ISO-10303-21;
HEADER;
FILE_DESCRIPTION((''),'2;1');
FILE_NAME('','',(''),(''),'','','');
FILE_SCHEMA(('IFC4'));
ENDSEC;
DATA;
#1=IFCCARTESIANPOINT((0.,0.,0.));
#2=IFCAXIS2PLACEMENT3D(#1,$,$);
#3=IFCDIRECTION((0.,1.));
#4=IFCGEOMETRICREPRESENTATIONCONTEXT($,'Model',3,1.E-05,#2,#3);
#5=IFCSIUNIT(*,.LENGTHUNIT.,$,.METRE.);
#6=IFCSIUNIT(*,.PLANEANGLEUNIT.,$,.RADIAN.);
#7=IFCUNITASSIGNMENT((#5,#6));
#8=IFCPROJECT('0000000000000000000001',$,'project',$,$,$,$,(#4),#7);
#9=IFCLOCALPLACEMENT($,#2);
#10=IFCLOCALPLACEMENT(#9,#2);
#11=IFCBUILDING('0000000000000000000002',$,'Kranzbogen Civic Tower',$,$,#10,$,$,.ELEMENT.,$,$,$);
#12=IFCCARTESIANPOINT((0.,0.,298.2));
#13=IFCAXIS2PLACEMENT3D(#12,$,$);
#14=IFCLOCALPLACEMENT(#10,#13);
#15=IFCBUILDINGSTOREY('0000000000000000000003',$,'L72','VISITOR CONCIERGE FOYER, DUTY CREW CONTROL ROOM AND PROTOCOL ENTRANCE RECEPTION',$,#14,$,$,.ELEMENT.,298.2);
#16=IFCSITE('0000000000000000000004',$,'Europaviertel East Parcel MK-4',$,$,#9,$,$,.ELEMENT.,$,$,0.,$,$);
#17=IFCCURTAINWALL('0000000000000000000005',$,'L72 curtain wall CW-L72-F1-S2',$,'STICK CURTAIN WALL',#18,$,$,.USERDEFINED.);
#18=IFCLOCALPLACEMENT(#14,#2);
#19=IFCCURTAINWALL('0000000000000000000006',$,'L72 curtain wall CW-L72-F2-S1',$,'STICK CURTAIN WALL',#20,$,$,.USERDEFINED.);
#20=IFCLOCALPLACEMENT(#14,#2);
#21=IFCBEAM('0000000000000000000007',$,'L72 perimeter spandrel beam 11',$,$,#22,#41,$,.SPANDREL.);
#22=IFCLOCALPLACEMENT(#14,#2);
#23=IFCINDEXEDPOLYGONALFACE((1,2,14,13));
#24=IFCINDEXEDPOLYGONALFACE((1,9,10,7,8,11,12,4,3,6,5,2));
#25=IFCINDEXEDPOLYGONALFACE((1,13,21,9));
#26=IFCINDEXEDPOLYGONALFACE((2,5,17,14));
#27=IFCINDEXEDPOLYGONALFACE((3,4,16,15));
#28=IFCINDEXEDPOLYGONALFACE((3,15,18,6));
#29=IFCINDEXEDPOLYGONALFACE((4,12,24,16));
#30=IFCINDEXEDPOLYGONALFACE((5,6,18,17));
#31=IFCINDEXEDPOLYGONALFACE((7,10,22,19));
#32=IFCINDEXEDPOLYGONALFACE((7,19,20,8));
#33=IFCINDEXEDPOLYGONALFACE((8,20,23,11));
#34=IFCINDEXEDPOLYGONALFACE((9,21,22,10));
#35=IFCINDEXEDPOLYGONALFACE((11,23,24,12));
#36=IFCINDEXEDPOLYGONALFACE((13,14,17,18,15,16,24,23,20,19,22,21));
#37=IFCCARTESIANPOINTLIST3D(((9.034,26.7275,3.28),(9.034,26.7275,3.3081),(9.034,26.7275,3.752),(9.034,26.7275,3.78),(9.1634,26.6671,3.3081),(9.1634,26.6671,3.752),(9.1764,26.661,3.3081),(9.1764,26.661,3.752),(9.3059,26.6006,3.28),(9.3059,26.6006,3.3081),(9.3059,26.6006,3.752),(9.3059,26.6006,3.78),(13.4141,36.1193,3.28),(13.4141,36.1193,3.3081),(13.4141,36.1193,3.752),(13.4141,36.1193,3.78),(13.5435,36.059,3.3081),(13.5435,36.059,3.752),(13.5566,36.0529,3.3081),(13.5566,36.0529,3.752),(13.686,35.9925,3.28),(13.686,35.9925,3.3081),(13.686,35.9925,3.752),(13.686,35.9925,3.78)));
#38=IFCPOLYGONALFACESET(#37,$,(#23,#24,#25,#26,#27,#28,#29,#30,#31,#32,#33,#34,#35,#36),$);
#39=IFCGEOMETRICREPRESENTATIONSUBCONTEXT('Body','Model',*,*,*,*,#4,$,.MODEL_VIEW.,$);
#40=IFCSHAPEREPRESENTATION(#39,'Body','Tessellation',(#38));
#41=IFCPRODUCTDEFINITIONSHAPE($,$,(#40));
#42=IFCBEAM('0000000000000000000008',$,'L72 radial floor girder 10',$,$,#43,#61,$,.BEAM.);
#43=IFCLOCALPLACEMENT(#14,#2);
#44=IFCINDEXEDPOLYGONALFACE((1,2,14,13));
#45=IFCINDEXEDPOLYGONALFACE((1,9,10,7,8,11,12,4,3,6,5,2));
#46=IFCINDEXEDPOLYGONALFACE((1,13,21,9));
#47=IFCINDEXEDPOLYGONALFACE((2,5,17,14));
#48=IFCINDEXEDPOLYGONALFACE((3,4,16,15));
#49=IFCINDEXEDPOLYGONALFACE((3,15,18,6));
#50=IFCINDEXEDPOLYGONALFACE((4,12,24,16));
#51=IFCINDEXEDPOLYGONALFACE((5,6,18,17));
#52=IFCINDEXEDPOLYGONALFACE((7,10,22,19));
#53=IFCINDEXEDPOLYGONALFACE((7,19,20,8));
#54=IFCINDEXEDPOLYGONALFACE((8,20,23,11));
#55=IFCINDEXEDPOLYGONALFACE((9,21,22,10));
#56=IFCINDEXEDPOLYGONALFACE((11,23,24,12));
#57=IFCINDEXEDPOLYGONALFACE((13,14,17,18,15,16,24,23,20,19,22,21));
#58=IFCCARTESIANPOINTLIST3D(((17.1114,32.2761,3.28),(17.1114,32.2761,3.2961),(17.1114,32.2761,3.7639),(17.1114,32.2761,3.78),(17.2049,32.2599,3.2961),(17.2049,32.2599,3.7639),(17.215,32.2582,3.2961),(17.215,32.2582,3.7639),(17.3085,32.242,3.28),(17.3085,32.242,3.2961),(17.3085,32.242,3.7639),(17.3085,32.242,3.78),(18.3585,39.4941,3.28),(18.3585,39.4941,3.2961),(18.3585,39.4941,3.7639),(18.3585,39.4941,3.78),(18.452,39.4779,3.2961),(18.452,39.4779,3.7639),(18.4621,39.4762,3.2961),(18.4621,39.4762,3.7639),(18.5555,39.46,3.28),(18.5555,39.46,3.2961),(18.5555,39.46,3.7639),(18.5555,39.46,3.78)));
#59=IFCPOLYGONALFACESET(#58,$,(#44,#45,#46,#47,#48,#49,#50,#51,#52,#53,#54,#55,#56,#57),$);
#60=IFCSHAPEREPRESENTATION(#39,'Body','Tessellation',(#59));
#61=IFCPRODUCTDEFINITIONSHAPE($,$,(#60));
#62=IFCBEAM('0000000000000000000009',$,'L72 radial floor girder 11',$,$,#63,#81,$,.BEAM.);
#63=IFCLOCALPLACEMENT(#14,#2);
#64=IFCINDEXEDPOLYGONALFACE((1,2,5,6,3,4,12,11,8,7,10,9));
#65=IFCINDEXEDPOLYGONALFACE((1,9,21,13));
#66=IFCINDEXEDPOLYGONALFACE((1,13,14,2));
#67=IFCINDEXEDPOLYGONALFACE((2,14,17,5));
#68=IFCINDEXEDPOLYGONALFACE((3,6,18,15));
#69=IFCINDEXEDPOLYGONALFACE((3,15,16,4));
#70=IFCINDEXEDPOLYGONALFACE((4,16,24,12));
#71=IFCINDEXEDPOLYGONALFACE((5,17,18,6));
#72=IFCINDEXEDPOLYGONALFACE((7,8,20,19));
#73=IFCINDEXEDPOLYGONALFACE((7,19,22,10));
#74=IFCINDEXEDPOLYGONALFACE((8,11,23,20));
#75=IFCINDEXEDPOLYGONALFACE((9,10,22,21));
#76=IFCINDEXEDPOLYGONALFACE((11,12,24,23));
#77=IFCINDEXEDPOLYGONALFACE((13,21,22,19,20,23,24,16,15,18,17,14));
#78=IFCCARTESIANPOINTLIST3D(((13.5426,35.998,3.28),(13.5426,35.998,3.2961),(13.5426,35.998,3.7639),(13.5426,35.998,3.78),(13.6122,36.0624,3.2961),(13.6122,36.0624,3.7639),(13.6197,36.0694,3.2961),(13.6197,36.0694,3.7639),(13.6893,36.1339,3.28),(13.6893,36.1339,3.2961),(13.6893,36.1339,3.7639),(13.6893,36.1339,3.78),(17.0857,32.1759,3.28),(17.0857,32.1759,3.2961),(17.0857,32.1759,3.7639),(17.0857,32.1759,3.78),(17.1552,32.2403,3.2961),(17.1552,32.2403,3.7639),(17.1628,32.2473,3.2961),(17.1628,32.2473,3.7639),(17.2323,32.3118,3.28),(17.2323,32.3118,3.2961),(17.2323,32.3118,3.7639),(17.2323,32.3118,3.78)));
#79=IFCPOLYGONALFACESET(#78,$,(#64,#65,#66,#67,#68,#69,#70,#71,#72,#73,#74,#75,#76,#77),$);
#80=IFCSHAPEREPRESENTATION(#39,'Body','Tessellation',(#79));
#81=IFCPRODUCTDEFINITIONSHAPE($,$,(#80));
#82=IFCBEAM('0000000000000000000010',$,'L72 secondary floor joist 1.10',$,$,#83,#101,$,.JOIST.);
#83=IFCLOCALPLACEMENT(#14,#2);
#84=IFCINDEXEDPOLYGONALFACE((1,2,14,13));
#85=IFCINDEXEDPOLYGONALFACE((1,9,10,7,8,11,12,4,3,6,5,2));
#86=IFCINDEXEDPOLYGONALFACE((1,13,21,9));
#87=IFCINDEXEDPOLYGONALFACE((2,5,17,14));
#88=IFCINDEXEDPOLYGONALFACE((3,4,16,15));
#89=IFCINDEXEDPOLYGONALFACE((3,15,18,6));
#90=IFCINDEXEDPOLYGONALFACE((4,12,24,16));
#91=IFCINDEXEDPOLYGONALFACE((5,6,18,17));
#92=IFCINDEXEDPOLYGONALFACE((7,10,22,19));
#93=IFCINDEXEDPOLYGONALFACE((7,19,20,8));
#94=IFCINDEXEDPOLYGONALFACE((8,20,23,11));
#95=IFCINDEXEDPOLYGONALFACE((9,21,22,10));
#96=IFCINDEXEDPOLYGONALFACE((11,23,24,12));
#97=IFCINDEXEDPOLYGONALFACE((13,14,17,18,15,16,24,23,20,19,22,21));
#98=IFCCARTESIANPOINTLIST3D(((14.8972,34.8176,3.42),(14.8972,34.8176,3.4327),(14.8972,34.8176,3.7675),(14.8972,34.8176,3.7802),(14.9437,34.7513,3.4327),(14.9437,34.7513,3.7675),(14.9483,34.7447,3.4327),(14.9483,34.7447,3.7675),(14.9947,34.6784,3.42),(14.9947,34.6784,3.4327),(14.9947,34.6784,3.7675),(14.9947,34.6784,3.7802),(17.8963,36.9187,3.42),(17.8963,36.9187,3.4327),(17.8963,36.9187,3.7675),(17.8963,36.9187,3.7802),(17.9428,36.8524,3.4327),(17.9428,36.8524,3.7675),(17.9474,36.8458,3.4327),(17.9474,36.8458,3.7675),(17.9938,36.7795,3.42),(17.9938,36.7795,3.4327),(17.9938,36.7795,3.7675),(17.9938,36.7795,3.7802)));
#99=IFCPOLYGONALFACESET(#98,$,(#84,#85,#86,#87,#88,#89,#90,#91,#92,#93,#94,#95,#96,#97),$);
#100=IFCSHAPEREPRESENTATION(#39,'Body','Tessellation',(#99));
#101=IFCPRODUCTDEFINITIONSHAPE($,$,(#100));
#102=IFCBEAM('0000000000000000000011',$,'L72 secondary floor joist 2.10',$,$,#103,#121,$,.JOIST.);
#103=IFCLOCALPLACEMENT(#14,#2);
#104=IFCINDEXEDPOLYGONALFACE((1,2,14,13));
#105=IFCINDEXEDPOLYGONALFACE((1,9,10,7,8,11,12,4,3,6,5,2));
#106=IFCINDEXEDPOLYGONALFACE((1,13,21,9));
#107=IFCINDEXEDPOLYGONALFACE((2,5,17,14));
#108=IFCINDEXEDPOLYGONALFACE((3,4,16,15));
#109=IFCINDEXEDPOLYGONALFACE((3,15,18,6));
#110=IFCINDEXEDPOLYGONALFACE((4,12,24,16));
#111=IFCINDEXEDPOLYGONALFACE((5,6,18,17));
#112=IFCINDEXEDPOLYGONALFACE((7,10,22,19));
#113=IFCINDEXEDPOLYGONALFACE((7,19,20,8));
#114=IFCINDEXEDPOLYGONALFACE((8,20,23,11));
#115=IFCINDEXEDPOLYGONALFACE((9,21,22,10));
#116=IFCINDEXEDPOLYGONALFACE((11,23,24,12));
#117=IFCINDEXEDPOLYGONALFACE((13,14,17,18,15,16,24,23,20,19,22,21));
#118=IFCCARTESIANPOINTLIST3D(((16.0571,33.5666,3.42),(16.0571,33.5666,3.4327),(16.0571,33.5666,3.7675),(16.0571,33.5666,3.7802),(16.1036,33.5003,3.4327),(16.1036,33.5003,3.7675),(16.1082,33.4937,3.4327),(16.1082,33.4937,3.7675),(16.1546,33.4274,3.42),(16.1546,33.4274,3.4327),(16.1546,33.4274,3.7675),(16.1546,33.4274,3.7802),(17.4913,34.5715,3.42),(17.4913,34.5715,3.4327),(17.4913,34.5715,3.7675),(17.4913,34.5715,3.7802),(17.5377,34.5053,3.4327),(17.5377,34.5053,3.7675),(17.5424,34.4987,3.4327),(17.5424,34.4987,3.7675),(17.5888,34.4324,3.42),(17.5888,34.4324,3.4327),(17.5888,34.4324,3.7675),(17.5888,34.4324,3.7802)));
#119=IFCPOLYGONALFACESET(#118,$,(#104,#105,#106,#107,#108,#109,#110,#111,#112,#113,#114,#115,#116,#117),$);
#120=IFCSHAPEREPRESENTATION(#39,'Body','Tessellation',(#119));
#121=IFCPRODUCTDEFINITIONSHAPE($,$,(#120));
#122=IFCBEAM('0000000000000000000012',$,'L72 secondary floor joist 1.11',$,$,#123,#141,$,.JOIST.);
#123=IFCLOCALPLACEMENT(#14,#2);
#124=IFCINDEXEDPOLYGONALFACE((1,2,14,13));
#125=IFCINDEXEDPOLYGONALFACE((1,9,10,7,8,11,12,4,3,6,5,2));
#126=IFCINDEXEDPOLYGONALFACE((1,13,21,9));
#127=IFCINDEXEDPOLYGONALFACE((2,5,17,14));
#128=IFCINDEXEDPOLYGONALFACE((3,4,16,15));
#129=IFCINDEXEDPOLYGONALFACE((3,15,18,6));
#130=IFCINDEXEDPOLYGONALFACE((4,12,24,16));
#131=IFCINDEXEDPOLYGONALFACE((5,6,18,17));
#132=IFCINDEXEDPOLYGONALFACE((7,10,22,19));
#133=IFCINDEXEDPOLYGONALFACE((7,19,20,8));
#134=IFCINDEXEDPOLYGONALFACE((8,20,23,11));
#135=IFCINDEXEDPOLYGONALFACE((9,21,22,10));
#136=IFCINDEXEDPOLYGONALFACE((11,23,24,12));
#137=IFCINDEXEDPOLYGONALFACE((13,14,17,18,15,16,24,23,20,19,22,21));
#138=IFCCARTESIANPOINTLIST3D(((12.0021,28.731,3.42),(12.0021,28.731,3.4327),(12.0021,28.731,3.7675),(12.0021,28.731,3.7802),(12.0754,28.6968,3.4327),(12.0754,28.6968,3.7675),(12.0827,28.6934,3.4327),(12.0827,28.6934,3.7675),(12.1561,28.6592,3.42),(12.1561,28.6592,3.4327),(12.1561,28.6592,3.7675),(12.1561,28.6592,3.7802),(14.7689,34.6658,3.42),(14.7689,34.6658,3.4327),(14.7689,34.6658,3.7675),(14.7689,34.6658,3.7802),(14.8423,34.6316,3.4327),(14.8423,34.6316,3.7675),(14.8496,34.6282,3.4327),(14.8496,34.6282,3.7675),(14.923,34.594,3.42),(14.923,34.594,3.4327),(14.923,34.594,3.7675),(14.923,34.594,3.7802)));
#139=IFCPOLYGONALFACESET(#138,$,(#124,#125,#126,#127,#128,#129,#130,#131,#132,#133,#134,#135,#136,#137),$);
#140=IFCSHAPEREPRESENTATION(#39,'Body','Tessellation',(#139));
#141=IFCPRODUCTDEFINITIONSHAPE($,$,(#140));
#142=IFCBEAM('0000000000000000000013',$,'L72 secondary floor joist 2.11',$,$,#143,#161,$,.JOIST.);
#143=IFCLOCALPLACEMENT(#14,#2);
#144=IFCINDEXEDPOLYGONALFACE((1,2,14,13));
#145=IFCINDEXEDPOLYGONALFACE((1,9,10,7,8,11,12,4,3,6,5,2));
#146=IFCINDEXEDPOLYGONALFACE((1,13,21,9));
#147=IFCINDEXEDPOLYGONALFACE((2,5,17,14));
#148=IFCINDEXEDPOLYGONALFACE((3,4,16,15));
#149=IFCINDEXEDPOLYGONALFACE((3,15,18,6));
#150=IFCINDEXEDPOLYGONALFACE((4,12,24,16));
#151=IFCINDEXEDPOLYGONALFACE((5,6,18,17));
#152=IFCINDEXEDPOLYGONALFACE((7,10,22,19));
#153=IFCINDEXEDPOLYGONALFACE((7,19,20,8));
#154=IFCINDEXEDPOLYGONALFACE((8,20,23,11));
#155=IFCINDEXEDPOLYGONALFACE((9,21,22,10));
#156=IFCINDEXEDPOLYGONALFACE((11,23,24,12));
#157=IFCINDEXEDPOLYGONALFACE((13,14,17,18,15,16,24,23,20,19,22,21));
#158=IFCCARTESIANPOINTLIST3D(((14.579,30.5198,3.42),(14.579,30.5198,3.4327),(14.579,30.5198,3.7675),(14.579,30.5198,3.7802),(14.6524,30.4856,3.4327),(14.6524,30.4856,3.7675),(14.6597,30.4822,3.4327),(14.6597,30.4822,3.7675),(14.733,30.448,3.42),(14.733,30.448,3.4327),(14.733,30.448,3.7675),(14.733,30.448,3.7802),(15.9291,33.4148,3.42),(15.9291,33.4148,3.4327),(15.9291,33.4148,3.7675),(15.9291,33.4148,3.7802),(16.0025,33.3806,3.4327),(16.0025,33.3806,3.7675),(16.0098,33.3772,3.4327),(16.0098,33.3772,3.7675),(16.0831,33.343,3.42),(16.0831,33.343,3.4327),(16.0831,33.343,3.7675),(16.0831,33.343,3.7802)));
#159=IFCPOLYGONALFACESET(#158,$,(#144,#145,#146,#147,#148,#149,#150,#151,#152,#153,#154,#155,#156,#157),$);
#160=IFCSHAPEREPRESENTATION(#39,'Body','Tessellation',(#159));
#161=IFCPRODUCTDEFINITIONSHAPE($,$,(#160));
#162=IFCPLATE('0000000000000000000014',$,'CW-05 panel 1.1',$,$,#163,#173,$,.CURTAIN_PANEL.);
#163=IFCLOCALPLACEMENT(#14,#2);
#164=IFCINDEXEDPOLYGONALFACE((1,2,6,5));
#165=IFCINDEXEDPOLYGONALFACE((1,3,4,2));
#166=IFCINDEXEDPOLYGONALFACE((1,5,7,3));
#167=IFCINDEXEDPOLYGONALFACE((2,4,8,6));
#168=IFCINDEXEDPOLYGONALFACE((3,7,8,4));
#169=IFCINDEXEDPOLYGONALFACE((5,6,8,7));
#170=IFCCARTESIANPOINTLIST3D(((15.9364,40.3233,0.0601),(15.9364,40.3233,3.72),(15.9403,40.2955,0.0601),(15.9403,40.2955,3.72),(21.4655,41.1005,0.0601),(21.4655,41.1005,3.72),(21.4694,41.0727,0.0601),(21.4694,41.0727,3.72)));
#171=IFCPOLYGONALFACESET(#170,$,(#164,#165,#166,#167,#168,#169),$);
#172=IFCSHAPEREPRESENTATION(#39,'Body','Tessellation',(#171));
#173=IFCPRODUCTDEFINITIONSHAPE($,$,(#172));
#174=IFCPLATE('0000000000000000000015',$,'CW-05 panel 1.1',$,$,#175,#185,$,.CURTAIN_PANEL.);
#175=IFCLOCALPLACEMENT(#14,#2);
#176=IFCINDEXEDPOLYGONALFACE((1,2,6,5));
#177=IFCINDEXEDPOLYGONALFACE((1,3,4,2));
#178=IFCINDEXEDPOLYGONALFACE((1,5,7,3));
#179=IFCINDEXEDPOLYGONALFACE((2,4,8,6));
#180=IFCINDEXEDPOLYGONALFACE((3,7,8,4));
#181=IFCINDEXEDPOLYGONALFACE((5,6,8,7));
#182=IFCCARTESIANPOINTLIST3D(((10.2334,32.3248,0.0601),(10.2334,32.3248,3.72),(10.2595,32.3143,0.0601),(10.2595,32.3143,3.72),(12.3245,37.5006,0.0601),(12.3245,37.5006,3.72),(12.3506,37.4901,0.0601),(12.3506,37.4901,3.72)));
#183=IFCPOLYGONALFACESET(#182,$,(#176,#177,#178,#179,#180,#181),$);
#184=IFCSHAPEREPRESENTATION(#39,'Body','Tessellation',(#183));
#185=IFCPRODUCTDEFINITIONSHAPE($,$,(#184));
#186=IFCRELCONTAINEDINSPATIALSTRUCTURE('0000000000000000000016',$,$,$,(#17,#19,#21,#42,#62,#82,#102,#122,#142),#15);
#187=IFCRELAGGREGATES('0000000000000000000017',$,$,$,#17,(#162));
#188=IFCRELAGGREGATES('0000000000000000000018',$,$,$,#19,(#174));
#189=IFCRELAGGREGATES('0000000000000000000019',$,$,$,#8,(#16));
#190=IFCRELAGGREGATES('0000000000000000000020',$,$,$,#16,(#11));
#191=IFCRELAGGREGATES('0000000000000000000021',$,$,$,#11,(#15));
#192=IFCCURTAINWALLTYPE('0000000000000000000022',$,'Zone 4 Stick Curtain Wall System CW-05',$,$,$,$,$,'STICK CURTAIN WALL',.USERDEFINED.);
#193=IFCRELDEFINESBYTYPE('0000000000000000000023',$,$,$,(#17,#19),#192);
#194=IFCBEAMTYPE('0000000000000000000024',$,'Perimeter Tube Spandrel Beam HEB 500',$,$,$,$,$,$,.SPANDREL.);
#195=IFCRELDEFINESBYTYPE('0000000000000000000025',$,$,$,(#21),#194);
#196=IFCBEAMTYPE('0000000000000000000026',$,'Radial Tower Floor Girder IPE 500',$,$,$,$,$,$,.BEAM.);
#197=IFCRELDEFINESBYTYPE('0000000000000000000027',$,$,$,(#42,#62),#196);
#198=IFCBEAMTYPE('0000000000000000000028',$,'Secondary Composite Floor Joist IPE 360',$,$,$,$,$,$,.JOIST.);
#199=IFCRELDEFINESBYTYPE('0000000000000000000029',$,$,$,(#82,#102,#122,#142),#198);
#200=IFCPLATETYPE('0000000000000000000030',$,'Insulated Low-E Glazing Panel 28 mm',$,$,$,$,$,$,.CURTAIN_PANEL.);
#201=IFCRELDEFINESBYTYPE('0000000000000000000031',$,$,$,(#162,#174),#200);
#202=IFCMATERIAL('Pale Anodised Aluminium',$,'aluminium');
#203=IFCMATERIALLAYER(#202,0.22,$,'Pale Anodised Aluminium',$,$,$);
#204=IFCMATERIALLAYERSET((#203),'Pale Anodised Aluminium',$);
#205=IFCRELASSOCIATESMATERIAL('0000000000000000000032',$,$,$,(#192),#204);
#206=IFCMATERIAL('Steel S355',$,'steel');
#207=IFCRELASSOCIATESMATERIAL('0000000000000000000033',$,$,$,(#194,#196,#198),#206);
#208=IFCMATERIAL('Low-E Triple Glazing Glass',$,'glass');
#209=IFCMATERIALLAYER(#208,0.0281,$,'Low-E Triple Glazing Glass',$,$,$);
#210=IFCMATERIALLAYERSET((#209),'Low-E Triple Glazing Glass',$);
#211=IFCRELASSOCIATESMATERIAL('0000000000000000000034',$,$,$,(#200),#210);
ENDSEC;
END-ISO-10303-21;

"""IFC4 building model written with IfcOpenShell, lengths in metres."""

from ifc_helpers import new_model, si_unit, direction, frame, origin, origin_2d, place, context, subcontext, project, spatial, rectangle, i_section, extrude, material, layer, layer_set, material_profile, profile_set, type_object, element, aggregate, save


model = new_model("IFC4")

# Units and contexts
model_context = context("Model", 3, precision=1e-05, world=origin(), true_north=direction((0.0, 1.0)))
body_context = subcontext(model_context, "Body", "Model", "MODEL_VIEW")
ifc_project = project(units=[si_unit("LENGTHUNIT", "METRE"), si_unit("PLANEANGLEUNIT", "RADIAN")], contexts=[model_context])

# Site, building, storey
site_placement = place(None, origin())
site = spatial("IfcSite", under=ifc_project, at=site_placement, Name="Europaviertel East Parcel MK-4", CompositionType="ELEMENT", RefElevation=0.0)
building_placement = place(site_placement, origin())
building = spatial("IfcBuilding", under=site, at=building_placement, Name="Kranzbogen Civic Tower", CompositionType="ELEMENT")
storey_placement = place(building_placement, frame((0.0, 0.0, 298.2)))
storey = spatial("IfcBuildingStorey", under=building, at=storey_placement, Name="L72", Description="VISITOR CONCIERGE FOYER, DUTY CREW CONTROL ROOM AND PROTOCOL ENTRANCE RECEPTION", CompositionType="ELEMENT", Elevation=298.2)

# Shared definitions
ifc_material_1 = material(Name="Steel S355", Category="steel")

# Shared definitions
ifc_material_2 = material(Name="Pale Anodised Aluminium", Category="aluminium")
ifc_layer_1 = layer(ifc_material_2, 0.22, Name="Pale Anodised Aluminium")
ifc_layer_set_1 = layer_set([ifc_layer_1], Name="Pale Anodised Aluminium")
curtain_wall_type = type_object("IfcCurtainWallType", Name="Zone 4 Stick Curtain Wall System CW-05", ElementType="STICK CURTAIN WALL", PredefinedType="USERDEFINED", material=ifc_layer_set_1)

# Curtain walls
curtain_wall_1_placement = place(storey_placement, origin())
curtain_wall_1 = element("IfcCurtainWall", 1, at=curtain_wall_1_placement, inside=storey, type_object=curtain_wall_type, Name="L72 curtain wall CW-L72-F1-S2", ObjectType="STICK CURTAIN WALL", PredefinedType="USERDEFINED")
curtain_wall_2_placement = place(storey_placement, origin())
curtain_wall_2 = element("IfcCurtainWall", 2, at=curtain_wall_2_placement, inside=storey, type_object=curtain_wall_type, Name="L72 curtain wall CW-L72-F2-S1", ObjectType="STICK CURTAIN WALL", PredefinedType="USERDEFINED")

# Beams
ifc_material_profile_1 = material_profile(ifc_material_1, i_section(OverallWidth=0.3, OverallDepth=0.5, WebThickness=0.0144, FlangeThickness=0.0281, at=origin_2d()), Name="HEB 500")
ifc_profile_set_1 = profile_set([ifc_material_profile_1], Name="Steel S355")
beam_type_1 = type_object("IfcBeamType", Name="Perimeter Tube Spandrel Beam HEB 500", PredefinedType="SPANDREL", material=ifc_profile_set_1)
beam_1_placement = place(storey_placement, frame((13.55, 36.0559, 3.53), z_axis=(-0.422669, -0.906284, 0.0), x_axis=(0.906284, -0.422669, 0.0)))
element("IfcBeam", 3, at=beam_1_placement, inside=storey, type_object=beam_type_1, Name="L72 perimeter spandrel beam 11", PredefinedType="SPANDREL", context=body_context, shape_type="SweptSolid", body=[
    extrude(i_section(OverallWidth=0.3, OverallDepth=0.5, WebThickness=0.0144, FlangeThickness=0.0281, at=origin_2d()), origin(), (0.0, 0.0, 1.0), 10.363),
])
ifc_material_profile_2 = material_profile(ifc_material_1, i_section(OverallWidth=0.2, OverallDepth=0.5, WebThickness=0.0103, FlangeThickness=0.0161, at=origin_2d()), Name="IPE 500")
ifc_profile_set_2 = profile_set([ifc_material_profile_2], Name="Steel S355")
beam_type_2 = type_object("IfcBeamType", Name="Radial Tower Floor Girder IPE 500", PredefinedType="BEAM", material=ifc_profile_set_2)
beam_2_placement = place(storey_placement, frame((18.457, 39.4771, 3.53), z_axis=(-0.17025, -0.985401, 0.0), x_axis=(0.985401, -0.17025, 0.0)))
element("IfcBeam", 4, at=beam_2_placement, inside=storey, type_object=beam_type_2, Name="L72 radial floor girder 10", PredefinedType="BEAM", context=body_context, shape_type="SweptSolid", body=[
    extrude(i_section(OverallWidth=0.2, OverallDepth=0.5, WebThickness=0.0103, FlangeThickness=0.0161, at=origin_2d()), origin(), (0.0, 0.0, 1.0), 7.325),
])
beam_3_placement = place(storey_placement, frame((13.616, 36.0659, 3.53), z_axis=(0.679827, -0.733372, 0.0), x_axis=(0.733372, 0.679827, 0.0)))
element("IfcBeam", 5, at=beam_3_placement, inside=storey, type_object=beam_type_2, Name="L72 radial floor girder 11", PredefinedType="BEAM", context=body_context, shape_type="SweptSolid", body=[
    extrude(i_section(OverallWidth=0.2, OverallDepth=0.5, WebThickness=0.0103, FlangeThickness=0.0161, at=origin_2d()), origin(), (0.0, 0.0, 1.0), 5.2117),
])
ifc_material_profile_3 = material_profile(ifc_material_1, i_section(OverallWidth=0.1699, OverallDepth=0.3601, WebThickness=0.0081, FlangeThickness=0.0127, at=origin_2d()), Name="IPE 360")
ifc_profile_set_3 = profile_set([ifc_material_profile_3], Name="Steel S355")
beam_type_3 = type_object("IfcBeamType", Name="Secondary Composite Floor Joist IPE 360", PredefinedType="JOIST", material=ifc_profile_set_3)
beam_4_placement = place(storey_placement, frame((17.9451, 36.8491, 3.6001), z_axis=(-0.819006, -0.573784, 0.0), x_axis=(0.573784, -0.819006, 0.0)))
element("IfcBeam", 6, at=beam_4_placement, inside=storey, type_object=beam_type_3, Name="L72 secondary floor joist 1.10", PredefinedType="JOIST", context=body_context, shape_type="SweptSolid", body=[
    extrude(i_section(OverallWidth=0.1699, OverallDepth=0.3601, WebThickness=0.0081, FlangeThickness=0.0127, at=origin_2d()), origin(), (0.0, 0.0, 1.0), 3.6619),
])
beam_5_placement = place(storey_placement, frame((17.54, 34.502, 3.6001), z_axis=(-0.818957, -0.573855, 0.0), x_axis=(0.573855, -0.818957, 0.0)))
element("IfcBeam", 7, at=beam_5_placement, inside=storey, type_object=beam_type_3, Name="L72 secondary floor joist 2.10", PredefinedType="JOIST", context=body_context, shape_type="SweptSolid", body=[
    extrude(i_section(OverallWidth=0.1699, OverallDepth=0.3601, WebThickness=0.0081, FlangeThickness=0.0127, at=origin_2d()), origin(), (0.0, 0.0, 1.0), 1.7512),
])
beam_6_placement = place(storey_placement, frame((14.8459, 34.6299, 3.6001), z_axis=(-0.422543, -0.906343, 0.0), x_axis=(0.906343, -0.422543, 0.0)))
element("IfcBeam", 8, at=beam_6_placement, inside=storey, type_object=beam_type_3, Name="L72 secondary floor joist 1.11", PredefinedType="JOIST", context=body_context, shape_type="SweptSolid", body=[
    extrude(i_section(OverallWidth=0.1699, OverallDepth=0.3601, WebThickness=0.0081, FlangeThickness=0.0127, at=origin_2d()), origin(), (0.0, 0.0, 1.0), 6.5481),
])
beam_7_placement = place(storey_placement, frame((16.0061, 33.3789, 3.6001), z_axis=(-0.422651, -0.906292, 0.0), x_axis=(0.906292, -0.422651, 0.0)))
element("IfcBeam", 9, at=beam_7_placement, inside=storey, type_object=beam_type_3, Name="L72 secondary floor joist 2.11", PredefinedType="JOIST", context=body_context, shape_type="SweptSolid", body=[
    extrude(i_section(OverallWidth=0.1699, OverallDepth=0.3601, WebThickness=0.0081, FlangeThickness=0.0127, at=origin_2d()), origin(), (0.0, 0.0, 1.0), 3.1943),
])

# Plates
ifc_material_3 = material(Name="Low-E Triple Glazing Glass", Category="glass")
ifc_layer_2 = layer(ifc_material_3, 0.0281, Name="Low-E Triple Glazing Glass")
ifc_layer_set_2 = layer_set([ifc_layer_2], Name="Low-E Triple Glazing Glass")
plate_type = type_object("IfcPlateType", Name="Insulated Low-E Glazing Panel 28 mm", PredefinedType="CURTAIN_PANEL", material=ifc_layer_set_2)
plate_1_placement = place(storey_placement, frame((18.7029, 40.698, 0.0601), z_axis=(0.0, 0.0, 1.0), x_axis=(-0.990263, -0.139212, 0.0)))
plate_1 = element("IfcPlate", 10, at=plate_1_placement, type_object=plate_type, Name="CW-05 panel 1.1", PredefinedType="CURTAIN_PANEL", context=body_context, shape_type="SweptSolid", body=[
    extrude(rectangle(XDim=5.5835, YDim=0.0281, at=origin_2d()), origin(), (0.0, 0.0, 1.0), 3.6599),
])
aggregate(curtain_wall_1, [plate_1])
plate_2_placement = place(storey_placement, frame((11.292, 34.9075, 0.0601), z_axis=(0.0, 0.0, 1.0), x_axis=(-0.374594, -0.927189, 0.0)))
plate_2 = element("IfcPlate", 11, at=plate_2_placement, type_object=plate_type, Name="CW-05 panel 1.1", PredefinedType="CURTAIN_PANEL", context=body_context, shape_type="SweptSolid", body=[
    extrude(rectangle(XDim=5.5823, YDim=0.0281, at=origin_2d()), origin(), (0.0, 0.0, 1.0), 3.6599),
])
aggregate(curtain_wall_2, [plate_2])

save(model, "model.ifc")
